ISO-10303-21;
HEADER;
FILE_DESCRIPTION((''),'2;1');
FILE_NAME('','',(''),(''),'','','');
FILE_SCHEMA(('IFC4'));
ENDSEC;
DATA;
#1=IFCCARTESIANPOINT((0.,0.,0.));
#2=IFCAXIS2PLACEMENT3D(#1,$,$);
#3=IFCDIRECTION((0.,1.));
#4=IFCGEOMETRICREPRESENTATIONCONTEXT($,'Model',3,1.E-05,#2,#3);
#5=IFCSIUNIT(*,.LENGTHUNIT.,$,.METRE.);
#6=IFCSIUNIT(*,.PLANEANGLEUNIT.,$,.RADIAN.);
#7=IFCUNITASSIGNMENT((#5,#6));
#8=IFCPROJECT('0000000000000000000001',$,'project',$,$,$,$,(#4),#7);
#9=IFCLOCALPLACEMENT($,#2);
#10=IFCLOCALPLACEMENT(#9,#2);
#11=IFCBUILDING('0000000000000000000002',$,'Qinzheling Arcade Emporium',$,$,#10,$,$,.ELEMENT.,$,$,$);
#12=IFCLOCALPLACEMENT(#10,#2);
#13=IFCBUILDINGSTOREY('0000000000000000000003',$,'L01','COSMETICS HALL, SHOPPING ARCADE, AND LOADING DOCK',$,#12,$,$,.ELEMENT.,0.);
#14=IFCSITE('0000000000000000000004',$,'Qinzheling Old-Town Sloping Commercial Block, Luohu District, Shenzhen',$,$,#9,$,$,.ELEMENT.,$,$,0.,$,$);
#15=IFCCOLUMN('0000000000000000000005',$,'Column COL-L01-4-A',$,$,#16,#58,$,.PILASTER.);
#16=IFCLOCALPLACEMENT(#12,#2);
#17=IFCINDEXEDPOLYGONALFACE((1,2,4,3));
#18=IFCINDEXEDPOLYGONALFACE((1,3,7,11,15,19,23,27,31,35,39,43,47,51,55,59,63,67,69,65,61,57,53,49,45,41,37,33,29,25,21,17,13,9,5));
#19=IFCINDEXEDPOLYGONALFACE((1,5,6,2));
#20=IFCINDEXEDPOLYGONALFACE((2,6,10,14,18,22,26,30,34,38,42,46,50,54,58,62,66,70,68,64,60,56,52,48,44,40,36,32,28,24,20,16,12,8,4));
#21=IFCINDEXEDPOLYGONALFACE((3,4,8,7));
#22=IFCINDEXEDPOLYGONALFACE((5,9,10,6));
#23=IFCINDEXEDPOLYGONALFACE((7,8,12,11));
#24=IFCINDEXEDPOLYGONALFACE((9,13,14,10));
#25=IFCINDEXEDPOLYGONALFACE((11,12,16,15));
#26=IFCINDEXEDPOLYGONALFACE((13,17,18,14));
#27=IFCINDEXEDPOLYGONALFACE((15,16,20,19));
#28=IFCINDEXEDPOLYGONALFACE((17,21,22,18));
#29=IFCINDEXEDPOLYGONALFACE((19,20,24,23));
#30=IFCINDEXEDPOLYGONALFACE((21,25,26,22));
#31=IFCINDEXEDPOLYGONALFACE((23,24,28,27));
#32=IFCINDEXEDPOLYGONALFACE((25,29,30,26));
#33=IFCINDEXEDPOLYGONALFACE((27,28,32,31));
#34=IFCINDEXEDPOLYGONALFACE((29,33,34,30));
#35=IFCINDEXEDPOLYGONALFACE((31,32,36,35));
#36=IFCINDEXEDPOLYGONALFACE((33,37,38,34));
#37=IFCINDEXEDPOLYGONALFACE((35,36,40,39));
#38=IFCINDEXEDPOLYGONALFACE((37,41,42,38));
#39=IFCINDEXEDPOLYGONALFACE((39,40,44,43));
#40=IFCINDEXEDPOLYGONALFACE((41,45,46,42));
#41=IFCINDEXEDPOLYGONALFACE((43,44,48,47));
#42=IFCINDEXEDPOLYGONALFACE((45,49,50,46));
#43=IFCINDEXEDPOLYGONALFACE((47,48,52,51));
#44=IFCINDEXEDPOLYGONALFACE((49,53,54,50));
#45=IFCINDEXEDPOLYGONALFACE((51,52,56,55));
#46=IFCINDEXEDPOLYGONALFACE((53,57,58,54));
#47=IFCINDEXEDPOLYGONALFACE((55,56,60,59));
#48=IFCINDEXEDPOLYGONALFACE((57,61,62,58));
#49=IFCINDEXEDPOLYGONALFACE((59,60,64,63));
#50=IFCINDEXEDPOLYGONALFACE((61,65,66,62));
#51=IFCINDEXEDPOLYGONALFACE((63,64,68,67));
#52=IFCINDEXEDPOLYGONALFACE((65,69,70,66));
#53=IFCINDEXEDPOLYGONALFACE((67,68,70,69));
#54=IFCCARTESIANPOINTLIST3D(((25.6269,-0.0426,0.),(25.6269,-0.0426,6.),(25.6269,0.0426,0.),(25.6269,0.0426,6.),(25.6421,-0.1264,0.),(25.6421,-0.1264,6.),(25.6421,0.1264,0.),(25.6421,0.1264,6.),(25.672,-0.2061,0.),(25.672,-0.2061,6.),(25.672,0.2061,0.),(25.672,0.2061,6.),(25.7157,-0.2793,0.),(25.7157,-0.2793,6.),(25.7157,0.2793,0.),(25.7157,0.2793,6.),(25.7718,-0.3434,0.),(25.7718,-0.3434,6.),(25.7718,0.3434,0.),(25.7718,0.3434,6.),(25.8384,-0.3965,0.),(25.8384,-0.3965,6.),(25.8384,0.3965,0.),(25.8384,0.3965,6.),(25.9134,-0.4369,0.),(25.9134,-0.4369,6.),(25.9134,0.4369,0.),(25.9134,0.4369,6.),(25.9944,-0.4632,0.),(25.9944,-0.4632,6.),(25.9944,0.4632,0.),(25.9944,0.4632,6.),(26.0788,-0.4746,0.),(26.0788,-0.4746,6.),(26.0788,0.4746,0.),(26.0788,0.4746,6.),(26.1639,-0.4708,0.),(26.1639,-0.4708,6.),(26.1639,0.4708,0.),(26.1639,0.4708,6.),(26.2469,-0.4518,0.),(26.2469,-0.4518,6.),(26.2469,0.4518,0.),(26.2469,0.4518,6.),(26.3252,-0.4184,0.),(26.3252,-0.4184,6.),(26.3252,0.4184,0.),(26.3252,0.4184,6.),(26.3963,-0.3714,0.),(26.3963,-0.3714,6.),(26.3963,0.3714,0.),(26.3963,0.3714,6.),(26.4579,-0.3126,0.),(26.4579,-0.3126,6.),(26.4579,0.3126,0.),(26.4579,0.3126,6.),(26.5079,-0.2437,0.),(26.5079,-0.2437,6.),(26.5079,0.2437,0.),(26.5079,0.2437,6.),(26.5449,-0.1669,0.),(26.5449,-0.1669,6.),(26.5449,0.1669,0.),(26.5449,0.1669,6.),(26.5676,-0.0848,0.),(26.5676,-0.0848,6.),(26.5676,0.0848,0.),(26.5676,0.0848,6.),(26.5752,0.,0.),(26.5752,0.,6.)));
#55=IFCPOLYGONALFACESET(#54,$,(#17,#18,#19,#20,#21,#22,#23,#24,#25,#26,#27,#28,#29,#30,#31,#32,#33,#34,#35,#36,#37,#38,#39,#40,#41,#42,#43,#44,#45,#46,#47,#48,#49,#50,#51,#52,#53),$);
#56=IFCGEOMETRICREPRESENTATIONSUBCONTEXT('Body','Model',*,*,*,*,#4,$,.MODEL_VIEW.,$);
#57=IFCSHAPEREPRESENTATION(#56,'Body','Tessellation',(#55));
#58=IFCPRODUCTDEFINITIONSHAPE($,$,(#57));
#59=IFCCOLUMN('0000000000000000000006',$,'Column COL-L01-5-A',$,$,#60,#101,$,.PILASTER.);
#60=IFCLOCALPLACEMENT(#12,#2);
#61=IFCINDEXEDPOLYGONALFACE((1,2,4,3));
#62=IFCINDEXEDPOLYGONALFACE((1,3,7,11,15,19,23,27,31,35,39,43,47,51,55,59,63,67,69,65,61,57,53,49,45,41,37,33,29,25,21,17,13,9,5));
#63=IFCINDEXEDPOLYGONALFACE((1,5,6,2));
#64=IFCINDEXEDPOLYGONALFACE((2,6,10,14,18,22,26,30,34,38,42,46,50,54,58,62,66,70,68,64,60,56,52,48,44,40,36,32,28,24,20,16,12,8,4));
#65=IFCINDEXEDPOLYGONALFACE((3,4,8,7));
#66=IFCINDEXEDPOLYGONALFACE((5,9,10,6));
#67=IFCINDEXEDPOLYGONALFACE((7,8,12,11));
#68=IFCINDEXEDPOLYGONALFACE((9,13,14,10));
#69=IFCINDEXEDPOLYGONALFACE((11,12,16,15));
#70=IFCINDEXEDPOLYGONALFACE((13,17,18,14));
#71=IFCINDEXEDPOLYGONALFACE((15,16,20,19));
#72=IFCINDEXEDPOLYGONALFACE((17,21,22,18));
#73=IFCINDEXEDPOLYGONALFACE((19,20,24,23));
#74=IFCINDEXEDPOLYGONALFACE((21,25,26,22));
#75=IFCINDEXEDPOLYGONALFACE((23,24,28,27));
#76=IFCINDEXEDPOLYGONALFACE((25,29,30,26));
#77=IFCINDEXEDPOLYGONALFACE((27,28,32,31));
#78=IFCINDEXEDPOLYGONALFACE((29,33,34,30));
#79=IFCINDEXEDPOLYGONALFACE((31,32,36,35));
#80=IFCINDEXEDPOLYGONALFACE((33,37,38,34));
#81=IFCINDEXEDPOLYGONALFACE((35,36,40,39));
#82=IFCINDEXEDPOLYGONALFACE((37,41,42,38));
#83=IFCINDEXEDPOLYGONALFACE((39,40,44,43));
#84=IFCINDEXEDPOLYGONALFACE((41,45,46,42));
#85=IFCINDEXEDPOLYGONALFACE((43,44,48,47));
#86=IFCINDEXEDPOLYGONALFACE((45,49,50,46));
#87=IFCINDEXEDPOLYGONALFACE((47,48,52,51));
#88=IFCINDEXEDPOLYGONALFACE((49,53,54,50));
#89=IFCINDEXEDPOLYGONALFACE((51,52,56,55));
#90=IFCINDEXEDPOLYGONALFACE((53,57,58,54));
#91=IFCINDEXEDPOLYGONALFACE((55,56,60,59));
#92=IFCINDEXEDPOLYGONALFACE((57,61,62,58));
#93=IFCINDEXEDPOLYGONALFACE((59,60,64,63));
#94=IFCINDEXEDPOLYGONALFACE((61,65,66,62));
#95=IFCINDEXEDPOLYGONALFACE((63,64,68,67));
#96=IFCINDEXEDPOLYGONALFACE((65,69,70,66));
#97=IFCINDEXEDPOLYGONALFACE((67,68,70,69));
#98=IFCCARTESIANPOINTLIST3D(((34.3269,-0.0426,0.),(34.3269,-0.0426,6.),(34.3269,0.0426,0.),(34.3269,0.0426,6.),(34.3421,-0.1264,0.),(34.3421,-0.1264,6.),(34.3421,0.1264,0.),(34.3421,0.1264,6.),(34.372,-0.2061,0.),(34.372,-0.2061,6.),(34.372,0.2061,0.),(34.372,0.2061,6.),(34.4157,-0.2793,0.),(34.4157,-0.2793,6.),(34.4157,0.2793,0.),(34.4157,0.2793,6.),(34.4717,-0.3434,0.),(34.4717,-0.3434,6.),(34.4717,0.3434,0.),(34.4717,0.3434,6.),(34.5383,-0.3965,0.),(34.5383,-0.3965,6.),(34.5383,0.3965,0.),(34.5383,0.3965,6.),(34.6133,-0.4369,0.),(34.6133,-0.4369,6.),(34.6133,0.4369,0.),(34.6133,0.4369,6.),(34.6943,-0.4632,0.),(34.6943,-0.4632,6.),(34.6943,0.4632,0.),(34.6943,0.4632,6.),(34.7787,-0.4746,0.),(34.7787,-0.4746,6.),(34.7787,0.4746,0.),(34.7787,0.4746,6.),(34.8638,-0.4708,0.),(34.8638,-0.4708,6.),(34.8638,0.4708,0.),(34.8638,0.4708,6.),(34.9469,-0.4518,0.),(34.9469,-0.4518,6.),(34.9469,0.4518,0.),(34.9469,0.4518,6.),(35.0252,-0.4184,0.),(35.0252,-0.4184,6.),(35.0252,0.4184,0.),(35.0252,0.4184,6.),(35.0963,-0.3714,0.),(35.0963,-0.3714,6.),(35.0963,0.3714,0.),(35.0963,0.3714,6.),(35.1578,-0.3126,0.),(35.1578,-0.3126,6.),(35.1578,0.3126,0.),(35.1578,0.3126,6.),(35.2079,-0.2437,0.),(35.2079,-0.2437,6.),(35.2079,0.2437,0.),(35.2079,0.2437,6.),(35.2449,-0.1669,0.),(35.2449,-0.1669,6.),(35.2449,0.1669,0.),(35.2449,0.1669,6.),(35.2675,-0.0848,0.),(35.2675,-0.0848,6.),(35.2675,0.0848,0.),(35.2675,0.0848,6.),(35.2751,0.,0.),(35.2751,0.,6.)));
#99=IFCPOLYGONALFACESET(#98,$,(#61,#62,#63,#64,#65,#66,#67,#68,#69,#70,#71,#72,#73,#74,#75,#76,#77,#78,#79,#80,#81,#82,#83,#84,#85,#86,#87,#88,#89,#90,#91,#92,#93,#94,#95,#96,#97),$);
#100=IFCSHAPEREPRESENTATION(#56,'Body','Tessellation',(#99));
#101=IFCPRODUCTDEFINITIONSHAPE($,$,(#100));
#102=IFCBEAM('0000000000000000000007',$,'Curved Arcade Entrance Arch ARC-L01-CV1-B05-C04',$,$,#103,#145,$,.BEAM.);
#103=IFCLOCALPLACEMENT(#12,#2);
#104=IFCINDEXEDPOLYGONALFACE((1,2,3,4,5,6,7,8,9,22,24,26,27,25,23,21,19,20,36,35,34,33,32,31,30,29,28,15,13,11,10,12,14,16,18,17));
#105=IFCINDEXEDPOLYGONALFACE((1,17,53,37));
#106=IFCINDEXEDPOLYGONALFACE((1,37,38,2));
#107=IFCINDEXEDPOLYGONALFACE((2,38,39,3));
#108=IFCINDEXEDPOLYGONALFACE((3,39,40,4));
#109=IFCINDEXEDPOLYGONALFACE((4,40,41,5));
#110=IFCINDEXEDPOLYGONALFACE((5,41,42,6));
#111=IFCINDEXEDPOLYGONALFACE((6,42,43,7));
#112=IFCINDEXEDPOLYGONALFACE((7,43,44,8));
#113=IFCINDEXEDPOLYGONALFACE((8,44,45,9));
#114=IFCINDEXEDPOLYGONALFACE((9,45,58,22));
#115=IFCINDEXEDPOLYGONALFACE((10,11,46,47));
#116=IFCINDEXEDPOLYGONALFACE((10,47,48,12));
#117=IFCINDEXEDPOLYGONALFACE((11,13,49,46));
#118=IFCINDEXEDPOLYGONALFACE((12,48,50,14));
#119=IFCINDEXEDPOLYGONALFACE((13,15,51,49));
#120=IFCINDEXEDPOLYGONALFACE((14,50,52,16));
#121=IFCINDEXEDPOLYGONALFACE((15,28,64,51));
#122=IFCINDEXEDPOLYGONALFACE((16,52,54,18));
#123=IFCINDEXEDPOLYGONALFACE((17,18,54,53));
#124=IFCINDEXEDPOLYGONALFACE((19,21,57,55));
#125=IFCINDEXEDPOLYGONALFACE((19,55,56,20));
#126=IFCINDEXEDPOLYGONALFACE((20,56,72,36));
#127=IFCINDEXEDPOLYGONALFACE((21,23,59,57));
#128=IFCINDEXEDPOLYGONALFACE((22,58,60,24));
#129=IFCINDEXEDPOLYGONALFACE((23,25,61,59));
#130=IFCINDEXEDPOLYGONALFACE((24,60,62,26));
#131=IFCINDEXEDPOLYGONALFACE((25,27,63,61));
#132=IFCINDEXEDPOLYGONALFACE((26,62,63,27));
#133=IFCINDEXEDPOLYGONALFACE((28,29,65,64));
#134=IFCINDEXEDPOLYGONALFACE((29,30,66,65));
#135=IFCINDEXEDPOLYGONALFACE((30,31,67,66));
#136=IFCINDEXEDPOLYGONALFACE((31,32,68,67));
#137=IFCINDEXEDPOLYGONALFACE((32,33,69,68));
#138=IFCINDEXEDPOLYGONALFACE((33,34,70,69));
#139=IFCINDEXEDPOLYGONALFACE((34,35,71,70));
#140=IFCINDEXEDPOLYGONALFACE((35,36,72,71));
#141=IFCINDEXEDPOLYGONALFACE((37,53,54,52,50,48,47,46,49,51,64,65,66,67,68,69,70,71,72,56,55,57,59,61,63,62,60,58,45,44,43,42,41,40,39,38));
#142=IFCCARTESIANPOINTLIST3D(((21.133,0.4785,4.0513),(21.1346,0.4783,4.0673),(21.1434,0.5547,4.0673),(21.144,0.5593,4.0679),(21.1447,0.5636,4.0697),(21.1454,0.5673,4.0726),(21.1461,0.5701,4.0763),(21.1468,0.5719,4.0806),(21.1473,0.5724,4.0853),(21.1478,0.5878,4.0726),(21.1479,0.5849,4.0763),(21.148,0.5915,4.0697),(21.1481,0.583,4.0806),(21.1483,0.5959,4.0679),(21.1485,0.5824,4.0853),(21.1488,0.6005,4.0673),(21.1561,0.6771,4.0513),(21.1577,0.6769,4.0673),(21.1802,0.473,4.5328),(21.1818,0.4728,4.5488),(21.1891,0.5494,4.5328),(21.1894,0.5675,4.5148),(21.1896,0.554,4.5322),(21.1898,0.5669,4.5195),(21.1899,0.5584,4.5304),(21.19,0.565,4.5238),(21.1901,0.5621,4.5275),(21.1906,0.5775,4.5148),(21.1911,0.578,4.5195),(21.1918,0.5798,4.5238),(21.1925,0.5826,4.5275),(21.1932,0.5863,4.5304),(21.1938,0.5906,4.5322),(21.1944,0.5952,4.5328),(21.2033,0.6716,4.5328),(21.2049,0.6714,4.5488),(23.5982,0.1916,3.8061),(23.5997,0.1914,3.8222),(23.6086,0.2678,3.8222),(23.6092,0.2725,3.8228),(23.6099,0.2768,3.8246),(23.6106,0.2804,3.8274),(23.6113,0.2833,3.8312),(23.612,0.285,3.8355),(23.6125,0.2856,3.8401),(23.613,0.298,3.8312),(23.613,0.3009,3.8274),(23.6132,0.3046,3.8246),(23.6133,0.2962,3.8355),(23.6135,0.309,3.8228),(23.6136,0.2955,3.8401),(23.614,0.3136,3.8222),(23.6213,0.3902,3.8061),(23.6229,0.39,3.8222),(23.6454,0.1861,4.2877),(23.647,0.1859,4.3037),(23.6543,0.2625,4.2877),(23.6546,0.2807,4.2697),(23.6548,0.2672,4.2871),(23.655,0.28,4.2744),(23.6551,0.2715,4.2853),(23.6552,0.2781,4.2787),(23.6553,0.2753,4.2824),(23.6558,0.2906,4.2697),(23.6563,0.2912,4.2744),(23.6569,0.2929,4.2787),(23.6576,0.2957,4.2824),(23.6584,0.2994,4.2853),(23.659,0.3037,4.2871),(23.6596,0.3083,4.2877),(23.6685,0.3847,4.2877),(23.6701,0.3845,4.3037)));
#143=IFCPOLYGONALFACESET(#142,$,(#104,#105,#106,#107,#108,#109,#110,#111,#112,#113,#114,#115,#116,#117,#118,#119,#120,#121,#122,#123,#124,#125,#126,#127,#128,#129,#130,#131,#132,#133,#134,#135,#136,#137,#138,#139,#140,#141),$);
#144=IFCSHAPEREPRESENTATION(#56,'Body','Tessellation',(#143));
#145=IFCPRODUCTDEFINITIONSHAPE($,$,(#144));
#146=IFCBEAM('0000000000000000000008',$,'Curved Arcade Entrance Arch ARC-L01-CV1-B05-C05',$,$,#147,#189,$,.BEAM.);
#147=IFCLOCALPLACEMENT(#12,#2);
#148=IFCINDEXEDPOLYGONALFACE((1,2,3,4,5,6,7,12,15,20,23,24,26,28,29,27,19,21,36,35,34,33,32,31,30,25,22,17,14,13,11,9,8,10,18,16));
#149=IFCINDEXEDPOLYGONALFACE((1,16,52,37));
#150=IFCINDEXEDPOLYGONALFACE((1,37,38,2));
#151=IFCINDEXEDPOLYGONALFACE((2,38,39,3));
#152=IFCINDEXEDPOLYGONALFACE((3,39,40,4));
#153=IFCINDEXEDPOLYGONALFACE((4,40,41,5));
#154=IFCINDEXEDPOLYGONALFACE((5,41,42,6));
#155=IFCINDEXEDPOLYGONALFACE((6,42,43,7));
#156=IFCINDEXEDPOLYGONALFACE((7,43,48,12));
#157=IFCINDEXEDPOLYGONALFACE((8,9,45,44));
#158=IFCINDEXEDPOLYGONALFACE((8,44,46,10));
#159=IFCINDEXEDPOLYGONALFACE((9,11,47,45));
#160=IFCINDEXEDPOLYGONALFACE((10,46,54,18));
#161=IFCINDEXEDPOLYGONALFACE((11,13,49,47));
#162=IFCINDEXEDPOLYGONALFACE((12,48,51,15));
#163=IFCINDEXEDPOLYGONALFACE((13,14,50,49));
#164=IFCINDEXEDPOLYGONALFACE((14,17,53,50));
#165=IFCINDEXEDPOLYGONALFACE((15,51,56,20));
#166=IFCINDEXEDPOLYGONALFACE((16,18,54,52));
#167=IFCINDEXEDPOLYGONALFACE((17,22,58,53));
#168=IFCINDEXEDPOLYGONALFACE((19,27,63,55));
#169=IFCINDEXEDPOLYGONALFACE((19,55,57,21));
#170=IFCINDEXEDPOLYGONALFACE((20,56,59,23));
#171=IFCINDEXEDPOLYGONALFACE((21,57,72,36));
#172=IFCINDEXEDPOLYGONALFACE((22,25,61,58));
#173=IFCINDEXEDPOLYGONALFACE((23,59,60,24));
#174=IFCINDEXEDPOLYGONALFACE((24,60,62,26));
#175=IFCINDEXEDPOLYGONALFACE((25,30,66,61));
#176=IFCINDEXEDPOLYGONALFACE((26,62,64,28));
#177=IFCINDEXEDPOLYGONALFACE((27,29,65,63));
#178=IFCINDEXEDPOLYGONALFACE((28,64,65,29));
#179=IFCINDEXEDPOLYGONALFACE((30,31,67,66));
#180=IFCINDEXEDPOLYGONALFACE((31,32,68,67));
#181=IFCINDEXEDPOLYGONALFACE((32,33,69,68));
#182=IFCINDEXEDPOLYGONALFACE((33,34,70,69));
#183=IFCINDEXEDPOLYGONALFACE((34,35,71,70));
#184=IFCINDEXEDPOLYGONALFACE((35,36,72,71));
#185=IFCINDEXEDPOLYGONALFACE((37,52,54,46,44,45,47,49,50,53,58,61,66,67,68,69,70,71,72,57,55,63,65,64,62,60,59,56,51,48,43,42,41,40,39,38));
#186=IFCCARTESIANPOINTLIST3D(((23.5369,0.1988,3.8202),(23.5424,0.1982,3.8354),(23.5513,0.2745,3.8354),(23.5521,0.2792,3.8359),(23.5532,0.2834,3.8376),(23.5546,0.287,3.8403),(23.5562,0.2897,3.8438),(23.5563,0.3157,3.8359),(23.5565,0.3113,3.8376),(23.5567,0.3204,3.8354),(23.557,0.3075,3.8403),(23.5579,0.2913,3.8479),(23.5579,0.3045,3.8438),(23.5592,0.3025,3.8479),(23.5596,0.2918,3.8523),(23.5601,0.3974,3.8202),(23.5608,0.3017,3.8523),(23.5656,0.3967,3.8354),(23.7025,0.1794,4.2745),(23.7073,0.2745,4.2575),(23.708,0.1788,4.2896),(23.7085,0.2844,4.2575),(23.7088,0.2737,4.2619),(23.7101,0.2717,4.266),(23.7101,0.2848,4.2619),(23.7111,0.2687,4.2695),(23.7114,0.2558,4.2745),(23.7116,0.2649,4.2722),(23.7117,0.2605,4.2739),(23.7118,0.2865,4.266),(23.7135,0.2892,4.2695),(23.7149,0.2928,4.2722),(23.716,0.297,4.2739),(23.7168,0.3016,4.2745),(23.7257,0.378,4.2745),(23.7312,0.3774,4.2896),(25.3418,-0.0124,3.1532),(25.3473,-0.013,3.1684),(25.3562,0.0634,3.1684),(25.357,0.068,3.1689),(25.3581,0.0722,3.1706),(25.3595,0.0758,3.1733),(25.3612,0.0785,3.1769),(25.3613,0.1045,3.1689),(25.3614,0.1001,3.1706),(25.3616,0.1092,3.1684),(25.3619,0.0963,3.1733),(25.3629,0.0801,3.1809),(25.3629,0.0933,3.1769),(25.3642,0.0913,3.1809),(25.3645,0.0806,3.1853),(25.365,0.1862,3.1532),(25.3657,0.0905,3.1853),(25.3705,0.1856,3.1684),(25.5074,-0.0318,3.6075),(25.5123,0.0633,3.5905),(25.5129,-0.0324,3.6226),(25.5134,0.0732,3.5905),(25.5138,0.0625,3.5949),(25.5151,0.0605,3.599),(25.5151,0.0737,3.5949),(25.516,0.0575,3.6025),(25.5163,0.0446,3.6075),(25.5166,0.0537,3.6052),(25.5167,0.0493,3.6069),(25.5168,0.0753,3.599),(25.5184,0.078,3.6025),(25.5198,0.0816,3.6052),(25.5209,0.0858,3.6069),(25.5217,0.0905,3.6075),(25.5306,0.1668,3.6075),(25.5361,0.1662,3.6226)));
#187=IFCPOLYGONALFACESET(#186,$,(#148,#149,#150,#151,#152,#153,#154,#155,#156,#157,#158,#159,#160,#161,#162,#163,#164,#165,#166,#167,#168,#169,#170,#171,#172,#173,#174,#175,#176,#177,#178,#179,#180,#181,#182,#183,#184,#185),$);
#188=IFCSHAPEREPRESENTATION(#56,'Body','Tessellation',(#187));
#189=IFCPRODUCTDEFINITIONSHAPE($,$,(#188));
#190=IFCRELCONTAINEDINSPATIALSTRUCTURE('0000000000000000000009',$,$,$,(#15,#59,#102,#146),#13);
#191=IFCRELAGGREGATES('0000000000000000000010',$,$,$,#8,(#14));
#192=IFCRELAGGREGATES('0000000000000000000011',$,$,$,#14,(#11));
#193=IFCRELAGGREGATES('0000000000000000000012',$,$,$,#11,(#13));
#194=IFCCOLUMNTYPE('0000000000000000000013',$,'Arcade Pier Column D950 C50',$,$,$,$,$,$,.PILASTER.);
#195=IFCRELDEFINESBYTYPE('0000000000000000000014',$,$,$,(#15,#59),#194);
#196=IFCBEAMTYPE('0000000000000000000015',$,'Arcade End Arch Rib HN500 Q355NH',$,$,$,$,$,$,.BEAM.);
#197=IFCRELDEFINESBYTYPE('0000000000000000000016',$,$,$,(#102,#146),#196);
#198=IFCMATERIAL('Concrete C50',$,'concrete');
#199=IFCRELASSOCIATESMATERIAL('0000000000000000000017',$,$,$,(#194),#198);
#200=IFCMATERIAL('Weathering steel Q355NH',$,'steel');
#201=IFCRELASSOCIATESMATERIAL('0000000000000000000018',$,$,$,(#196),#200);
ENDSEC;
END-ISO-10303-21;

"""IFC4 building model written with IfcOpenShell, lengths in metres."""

from ifc_helpers import new_model, si_unit, direction, frame, origin, origin_2d, place, context, subcontext, project, spatial, circle, i_section, extrude, material, material_profile, profile_set, type_object, element, save


model = new_model("IFC4")

# Units and contexts
model_context = context("Model", 3, precision=1e-05, world=origin(), true_north=direction((0.0, 1.0)))
body_context = subcontext(model_context, "Body", "Model", "MODEL_VIEW")
ifc_project = project(units=[si_unit("LENGTHUNIT", "METRE"), si_unit("PLANEANGLEUNIT", "RADIAN")], contexts=[model_context])

# Site, building, storey
site_placement = place(None, origin())
site = spatial("IfcSite", under=ifc_project, at=site_placement, Name="Qinzheling Old-Town Sloping Commercial Block, Luohu District, Shenzhen", CompositionType="ELEMENT", RefElevation=0.0)
building_placement = place(site_placement, origin())
building = spatial("IfcBuilding", under=site, at=building_placement, Name="Qinzheling Arcade Emporium", CompositionType="ELEMENT")
storey_placement = place(building_placement, origin())
storey = spatial("IfcBuildingStorey", under=building, at=storey_placement, Name="L01", Description="COSMETICS HALL, SHOPPING ARCADE, AND LOADING DOCK", CompositionType="ELEMENT", Elevation=0.0)

# Columns
ifc_material_1 = material(Name="Concrete C50", Category="concrete")
ifc_material_profile_1 = material_profile(ifc_material_1, circle(Radius=0.4751, at=origin_2d()), Name="RC D950", Category="concrete")
ifc_profile_set_1 = profile_set([ifc_material_profile_1], Name="Concrete C50")
column_type = type_object("IfcColumnType", Name="Arcade Pier Column D950 C50", PredefinedType="PILASTER", material=ifc_profile_set_1)
for number, where, z_axis, x_axis, name in (
    (1, (26.1001, 0.0, 0.0), (0.0, 0.0, 1.0), (1.0, 0.0, 0.0), "Column COL-L01-4-A"),
    (2, (34.8, 0.0, 0.0), (0.0, 0.0, 1.0), (1.0, 0.0, 0.0), "Column COL-L01-5-A"),
):
    element("IfcColumn", number, at=place(storey_placement, frame(where, z_axis=z_axis, x_axis=x_axis)), inside=storey, type_object=column_type, Name=name, PredefinedType="PILASTER", context=body_context, shape_type="SweptSolid", body=[
        extrude(circle(Radius=0.4751, at=origin_2d()), origin(), (0.0, 0.0, 1.0), 6.0),
    ])

# Beams
ifc_material_2 = material(Name="Weathering steel Q355NH", Category="steel")
ifc_material_profile_2 = material_profile(ifc_material_2, i_section(OverallWidth=0.2, OverallDepth=0.5, WebThickness=0.01, FlangeThickness=0.0161, FilletRadius=0.0181, at=origin_2d()), Name="HN 500x200x10x16", Category="steel")
ifc_profile_set_2 = profile_set([ifc_material_profile_2], Name="Weathering steel Q355NH")
beam_type_1 = type_object("IfcBeamType", Name="Arcade End Arch Rib HN500 Q355NH", PredefinedType="BEAM", material=ifc_profile_set_2)
beam_1_placement = place(storey_placement, frame((21.1689, 0.575, 4.3), z_axis=(0.988487, -0.115031, -0.098291), x_axis=(0.115591, 0.993297, 0.0)))
element("IfcBeam", 3, at=beam_1_placement, inside=storey, type_object=beam_type_1, Name="Curved Arcade Entrance Arch ARC-L01-CV1-B05-C04", PredefinedType="BEAM", context=body_context, shape_type="SweptSolid", body=[
    extrude(i_section(OverallWidth=0.2, OverallDepth=0.5, WebThickness=0.01, FlangeThickness=0.0161, FilletRadius=0.0181, at=origin_2d()), origin(), (0.0, 0.0, 1.0), 2.4939),
])
beam_2_placement = place(storey_placement, frame((23.634, 0.2881, 4.0549), z_axis=(0.932404, -0.109094, -0.344559), x_axis=(0.11621, 0.993225, 0.0)))
element("IfcBeam", 4, at=beam_2_placement, inside=storey, type_object=beam_type_1, Name="Curved Arcade Entrance Arch ARC-L01-CV1-B05-C05", PredefinedType="BEAM", context=body_context, shape_type="SweptSolid", body=[
    extrude(i_section(OverallWidth=0.2, OverallDepth=0.5, WebThickness=0.01, FlangeThickness=0.0161, FilletRadius=0.0181, at=origin_2d()), origin(), (0.0, 0.0, 1.0), 1.9358),
])

save(model, "model.ifc")
